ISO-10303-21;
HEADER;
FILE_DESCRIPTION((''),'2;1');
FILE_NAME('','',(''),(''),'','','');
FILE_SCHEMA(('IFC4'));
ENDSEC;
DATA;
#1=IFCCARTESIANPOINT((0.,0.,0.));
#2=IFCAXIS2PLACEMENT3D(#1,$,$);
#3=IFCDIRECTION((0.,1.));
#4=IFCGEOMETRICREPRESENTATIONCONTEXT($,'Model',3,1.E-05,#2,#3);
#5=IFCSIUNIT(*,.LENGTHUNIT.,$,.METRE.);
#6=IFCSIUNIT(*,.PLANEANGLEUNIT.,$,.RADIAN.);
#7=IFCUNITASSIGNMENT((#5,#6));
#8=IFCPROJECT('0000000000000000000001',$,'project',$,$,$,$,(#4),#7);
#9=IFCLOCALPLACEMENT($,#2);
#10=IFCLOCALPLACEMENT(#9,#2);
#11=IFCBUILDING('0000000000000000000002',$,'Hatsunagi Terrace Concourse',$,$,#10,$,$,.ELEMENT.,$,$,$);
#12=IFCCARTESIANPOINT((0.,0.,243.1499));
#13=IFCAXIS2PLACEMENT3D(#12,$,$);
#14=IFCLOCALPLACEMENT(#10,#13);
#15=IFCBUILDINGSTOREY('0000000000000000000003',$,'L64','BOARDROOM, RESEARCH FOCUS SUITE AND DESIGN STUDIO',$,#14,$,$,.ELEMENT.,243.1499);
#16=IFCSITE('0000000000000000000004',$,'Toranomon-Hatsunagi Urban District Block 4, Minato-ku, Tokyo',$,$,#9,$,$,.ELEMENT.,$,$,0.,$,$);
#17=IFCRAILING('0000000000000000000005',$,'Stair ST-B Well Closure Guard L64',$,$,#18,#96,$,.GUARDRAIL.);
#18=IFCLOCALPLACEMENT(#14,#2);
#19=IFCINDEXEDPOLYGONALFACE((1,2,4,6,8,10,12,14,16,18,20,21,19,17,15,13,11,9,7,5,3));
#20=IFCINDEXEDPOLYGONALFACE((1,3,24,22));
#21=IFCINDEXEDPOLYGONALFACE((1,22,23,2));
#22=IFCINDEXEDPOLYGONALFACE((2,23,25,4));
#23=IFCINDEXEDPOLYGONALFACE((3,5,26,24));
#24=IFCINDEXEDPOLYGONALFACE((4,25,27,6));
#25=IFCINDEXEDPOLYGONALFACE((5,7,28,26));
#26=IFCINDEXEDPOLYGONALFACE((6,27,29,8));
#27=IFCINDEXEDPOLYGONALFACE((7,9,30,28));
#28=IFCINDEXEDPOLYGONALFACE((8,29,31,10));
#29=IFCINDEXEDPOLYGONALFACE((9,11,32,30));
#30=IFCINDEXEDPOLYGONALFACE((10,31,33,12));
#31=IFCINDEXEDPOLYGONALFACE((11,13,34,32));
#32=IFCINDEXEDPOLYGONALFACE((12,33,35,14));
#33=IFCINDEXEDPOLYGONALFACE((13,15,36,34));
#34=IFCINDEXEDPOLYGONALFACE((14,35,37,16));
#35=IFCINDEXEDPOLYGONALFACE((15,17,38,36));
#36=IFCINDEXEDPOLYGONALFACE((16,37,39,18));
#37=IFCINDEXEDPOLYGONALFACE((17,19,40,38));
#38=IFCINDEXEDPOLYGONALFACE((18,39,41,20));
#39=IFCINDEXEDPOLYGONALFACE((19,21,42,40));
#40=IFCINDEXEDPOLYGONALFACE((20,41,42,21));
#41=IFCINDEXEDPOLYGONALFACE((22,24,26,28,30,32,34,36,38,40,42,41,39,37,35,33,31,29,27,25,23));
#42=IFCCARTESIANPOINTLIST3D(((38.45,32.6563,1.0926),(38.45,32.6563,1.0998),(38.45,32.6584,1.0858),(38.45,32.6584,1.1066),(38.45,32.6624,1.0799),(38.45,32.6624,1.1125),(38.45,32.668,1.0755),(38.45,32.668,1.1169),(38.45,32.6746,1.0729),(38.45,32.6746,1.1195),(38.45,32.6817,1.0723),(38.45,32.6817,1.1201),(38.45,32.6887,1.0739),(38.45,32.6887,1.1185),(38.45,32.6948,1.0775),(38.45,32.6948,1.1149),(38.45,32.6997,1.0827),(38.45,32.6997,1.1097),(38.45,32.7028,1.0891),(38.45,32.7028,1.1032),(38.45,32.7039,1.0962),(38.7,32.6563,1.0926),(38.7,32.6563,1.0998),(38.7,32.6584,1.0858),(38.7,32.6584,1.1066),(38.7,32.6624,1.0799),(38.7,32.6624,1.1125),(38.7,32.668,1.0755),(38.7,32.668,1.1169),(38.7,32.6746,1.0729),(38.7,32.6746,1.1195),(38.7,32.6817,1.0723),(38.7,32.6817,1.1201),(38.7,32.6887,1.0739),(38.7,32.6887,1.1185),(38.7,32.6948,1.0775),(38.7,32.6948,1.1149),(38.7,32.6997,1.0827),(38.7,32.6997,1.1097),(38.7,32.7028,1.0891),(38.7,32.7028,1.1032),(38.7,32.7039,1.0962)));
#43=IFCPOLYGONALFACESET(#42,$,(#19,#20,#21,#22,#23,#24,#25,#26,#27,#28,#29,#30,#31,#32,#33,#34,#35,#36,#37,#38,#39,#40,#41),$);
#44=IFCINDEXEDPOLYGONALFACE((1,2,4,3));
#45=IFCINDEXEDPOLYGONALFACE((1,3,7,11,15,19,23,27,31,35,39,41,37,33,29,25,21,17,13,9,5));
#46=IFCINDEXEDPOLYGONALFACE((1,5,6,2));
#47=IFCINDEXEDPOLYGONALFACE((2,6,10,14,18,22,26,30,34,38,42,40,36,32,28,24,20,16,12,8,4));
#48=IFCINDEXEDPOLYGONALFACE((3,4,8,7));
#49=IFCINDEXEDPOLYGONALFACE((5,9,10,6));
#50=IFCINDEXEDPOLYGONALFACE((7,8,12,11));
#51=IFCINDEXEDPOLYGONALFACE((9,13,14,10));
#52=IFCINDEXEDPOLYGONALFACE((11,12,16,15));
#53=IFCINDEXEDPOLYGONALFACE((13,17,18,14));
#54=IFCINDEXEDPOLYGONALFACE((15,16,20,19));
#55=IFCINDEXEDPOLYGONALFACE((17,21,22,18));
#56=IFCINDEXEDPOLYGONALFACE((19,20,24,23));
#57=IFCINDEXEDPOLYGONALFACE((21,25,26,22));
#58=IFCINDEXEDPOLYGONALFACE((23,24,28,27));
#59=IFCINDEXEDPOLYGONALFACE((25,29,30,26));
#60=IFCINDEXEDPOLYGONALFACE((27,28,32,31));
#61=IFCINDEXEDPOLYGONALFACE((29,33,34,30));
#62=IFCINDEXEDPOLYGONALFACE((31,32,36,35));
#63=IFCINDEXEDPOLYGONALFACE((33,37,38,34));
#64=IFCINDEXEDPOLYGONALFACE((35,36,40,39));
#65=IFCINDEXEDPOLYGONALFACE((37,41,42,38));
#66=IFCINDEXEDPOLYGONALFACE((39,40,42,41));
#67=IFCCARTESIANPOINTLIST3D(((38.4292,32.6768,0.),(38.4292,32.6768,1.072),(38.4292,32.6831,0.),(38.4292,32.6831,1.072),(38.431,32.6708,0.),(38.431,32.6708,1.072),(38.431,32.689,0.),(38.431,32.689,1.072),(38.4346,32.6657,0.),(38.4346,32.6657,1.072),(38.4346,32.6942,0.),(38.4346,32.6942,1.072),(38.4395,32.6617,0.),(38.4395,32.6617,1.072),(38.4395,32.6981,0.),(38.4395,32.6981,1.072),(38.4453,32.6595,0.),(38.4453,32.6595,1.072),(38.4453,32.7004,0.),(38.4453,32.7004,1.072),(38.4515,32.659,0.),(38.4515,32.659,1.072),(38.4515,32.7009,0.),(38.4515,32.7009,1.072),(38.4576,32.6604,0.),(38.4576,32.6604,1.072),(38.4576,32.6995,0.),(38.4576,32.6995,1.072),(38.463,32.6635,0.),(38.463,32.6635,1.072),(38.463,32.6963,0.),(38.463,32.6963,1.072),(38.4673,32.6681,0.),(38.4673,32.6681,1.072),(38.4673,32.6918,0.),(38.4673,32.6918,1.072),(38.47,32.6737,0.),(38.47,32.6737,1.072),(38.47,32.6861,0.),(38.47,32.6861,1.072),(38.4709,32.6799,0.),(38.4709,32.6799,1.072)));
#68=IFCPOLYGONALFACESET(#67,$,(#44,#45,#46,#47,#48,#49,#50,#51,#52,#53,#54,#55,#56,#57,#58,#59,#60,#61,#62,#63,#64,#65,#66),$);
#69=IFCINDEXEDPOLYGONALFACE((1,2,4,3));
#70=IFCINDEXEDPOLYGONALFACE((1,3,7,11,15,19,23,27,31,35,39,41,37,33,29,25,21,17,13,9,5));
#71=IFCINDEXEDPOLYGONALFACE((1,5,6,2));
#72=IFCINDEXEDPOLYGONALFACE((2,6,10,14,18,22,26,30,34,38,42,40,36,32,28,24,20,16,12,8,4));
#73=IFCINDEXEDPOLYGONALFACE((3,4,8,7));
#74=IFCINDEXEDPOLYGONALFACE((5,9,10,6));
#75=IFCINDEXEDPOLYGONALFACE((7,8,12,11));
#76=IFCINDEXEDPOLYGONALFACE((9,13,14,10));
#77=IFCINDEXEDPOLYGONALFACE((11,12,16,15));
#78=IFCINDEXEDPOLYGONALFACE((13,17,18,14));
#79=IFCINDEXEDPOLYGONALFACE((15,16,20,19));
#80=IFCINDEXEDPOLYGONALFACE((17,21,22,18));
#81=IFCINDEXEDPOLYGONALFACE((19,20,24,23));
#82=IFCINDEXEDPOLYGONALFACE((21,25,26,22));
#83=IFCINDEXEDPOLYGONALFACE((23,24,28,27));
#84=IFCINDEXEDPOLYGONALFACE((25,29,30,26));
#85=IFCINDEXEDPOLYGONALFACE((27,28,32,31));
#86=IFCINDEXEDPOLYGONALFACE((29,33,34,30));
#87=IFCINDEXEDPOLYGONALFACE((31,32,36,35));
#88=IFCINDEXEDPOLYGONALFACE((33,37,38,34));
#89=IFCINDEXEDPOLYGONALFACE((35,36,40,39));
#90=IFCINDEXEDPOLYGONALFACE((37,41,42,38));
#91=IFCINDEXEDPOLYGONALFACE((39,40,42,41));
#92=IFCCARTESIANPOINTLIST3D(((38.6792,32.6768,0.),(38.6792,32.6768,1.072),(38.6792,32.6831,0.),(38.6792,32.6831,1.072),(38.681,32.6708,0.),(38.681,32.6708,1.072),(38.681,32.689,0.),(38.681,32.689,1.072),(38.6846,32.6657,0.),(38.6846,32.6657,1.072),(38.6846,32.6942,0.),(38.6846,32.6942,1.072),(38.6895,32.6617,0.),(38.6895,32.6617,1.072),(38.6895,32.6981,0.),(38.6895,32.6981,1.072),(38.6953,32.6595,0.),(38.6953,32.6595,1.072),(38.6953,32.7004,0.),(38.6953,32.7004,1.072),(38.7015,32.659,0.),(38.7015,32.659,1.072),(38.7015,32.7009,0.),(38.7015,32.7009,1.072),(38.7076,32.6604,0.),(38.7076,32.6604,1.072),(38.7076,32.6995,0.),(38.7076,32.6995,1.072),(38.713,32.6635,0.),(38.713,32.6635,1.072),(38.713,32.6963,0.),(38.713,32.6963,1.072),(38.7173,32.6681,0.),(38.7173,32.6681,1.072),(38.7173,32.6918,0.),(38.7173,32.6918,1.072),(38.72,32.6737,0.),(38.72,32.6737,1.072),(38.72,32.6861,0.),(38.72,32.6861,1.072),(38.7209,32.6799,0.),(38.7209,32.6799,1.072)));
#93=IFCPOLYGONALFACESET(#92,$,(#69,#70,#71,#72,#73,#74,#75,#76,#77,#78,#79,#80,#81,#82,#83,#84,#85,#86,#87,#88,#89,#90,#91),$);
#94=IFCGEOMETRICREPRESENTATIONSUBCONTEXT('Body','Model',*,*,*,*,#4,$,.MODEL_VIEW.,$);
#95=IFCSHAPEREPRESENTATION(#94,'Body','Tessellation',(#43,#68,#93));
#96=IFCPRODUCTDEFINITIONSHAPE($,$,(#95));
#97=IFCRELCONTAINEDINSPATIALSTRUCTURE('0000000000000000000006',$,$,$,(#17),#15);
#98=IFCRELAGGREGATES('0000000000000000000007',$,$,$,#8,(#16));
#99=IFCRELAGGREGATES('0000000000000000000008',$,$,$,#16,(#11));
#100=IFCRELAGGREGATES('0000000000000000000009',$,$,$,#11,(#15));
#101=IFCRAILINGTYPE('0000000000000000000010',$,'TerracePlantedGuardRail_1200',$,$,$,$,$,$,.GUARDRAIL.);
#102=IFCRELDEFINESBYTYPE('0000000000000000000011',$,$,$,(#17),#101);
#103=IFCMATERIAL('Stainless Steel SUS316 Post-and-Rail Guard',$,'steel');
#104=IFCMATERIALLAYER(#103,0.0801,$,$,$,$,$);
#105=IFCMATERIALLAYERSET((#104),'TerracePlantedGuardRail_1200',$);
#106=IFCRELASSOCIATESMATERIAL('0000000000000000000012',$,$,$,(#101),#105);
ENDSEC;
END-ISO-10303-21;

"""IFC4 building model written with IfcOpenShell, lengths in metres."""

from ifc_helpers import new_model, si_unit, direction, frame, origin, origin_2d, place, context, subcontext, project, spatial, circle, extrude, material, layer, layer_set, type_object, element, save


model = new_model("IFC4")

# Units and contexts
model_context = context("Model", 3, precision=1e-05, world=origin(), true_north=direction((0.0, 1.0)))
body_context = subcontext(model_context, "Body", "Model", "MODEL_VIEW")
ifc_project = project(units=[si_unit("LENGTHUNIT", "METRE"), si_unit("PLANEANGLEUNIT", "RADIAN")], contexts=[model_context])

# Site, building, storey
site_placement = place(None, origin())
site = spatial("IfcSite", under=ifc_project, at=site_placement, Name="Toranomon-Hatsunagi Urban District Block 4, Minato-ku, Tokyo", CompositionType="ELEMENT", RefElevation=0.0)
building_placement = place(site_placement, origin())
building = spatial("IfcBuilding", under=site, at=building_placement, Name="Hatsunagi Terrace Concourse", CompositionType="ELEMENT")
storey_placement = place(building_placement, frame((0.0, 0.0, 243.1499)))
storey = spatial("IfcBuildingStorey", under=building, at=storey_placement, Name="L64", Description="BOARDROOM, RESEARCH FOCUS SUITE AND DESIGN STUDIO", CompositionType="ELEMENT", Elevation=243.1499)

# Railing
ifc_material_1 = material(Name="Stainless Steel SUS316 Post-and-Rail Guard", Category="steel")
ifc_layer_1 = layer(ifc_material_1, 0.0801)
ifc_layer_set_1 = layer_set([ifc_layer_1], Name="TerracePlantedGuardRail_1200")
railing_type_1 = type_object("IfcRailingType", Name="TerracePlantedGuardRail_1200", PredefinedType="GUARDRAIL", material=ifc_layer_set_1)
railing_1_placement = place(storey_placement, frame((38.45, 32.6799, 0.0)))
element("IfcRailing", 1, at=railing_1_placement, inside=storey, type_object=railing_type_1, Name="Stair ST-B Well Closure Guard L64", PredefinedType="GUARDRAIL", context=body_context, shape_type="SweptSolid", body=[
    extrude(circle(Radius=0.0239, at=origin_2d()), frame((0.0, 0.0, 1.0962), z_axis=(1.0, 0.0, 0.0), x_axis=(0.0, 1.0, 0.0)), (0.0, 0.0, 1.0), 0.25),
    extrude(circle(Radius=0.021, at=origin_2d()), origin(), (0.0, 0.0, 1.0), 1.072),
    extrude(circle(Radius=0.021, at=origin_2d()), frame((0.25, 0.0, 0.0)), (0.0, 0.0, 1.0), 1.072),
])

save(model, "model.ifc")
